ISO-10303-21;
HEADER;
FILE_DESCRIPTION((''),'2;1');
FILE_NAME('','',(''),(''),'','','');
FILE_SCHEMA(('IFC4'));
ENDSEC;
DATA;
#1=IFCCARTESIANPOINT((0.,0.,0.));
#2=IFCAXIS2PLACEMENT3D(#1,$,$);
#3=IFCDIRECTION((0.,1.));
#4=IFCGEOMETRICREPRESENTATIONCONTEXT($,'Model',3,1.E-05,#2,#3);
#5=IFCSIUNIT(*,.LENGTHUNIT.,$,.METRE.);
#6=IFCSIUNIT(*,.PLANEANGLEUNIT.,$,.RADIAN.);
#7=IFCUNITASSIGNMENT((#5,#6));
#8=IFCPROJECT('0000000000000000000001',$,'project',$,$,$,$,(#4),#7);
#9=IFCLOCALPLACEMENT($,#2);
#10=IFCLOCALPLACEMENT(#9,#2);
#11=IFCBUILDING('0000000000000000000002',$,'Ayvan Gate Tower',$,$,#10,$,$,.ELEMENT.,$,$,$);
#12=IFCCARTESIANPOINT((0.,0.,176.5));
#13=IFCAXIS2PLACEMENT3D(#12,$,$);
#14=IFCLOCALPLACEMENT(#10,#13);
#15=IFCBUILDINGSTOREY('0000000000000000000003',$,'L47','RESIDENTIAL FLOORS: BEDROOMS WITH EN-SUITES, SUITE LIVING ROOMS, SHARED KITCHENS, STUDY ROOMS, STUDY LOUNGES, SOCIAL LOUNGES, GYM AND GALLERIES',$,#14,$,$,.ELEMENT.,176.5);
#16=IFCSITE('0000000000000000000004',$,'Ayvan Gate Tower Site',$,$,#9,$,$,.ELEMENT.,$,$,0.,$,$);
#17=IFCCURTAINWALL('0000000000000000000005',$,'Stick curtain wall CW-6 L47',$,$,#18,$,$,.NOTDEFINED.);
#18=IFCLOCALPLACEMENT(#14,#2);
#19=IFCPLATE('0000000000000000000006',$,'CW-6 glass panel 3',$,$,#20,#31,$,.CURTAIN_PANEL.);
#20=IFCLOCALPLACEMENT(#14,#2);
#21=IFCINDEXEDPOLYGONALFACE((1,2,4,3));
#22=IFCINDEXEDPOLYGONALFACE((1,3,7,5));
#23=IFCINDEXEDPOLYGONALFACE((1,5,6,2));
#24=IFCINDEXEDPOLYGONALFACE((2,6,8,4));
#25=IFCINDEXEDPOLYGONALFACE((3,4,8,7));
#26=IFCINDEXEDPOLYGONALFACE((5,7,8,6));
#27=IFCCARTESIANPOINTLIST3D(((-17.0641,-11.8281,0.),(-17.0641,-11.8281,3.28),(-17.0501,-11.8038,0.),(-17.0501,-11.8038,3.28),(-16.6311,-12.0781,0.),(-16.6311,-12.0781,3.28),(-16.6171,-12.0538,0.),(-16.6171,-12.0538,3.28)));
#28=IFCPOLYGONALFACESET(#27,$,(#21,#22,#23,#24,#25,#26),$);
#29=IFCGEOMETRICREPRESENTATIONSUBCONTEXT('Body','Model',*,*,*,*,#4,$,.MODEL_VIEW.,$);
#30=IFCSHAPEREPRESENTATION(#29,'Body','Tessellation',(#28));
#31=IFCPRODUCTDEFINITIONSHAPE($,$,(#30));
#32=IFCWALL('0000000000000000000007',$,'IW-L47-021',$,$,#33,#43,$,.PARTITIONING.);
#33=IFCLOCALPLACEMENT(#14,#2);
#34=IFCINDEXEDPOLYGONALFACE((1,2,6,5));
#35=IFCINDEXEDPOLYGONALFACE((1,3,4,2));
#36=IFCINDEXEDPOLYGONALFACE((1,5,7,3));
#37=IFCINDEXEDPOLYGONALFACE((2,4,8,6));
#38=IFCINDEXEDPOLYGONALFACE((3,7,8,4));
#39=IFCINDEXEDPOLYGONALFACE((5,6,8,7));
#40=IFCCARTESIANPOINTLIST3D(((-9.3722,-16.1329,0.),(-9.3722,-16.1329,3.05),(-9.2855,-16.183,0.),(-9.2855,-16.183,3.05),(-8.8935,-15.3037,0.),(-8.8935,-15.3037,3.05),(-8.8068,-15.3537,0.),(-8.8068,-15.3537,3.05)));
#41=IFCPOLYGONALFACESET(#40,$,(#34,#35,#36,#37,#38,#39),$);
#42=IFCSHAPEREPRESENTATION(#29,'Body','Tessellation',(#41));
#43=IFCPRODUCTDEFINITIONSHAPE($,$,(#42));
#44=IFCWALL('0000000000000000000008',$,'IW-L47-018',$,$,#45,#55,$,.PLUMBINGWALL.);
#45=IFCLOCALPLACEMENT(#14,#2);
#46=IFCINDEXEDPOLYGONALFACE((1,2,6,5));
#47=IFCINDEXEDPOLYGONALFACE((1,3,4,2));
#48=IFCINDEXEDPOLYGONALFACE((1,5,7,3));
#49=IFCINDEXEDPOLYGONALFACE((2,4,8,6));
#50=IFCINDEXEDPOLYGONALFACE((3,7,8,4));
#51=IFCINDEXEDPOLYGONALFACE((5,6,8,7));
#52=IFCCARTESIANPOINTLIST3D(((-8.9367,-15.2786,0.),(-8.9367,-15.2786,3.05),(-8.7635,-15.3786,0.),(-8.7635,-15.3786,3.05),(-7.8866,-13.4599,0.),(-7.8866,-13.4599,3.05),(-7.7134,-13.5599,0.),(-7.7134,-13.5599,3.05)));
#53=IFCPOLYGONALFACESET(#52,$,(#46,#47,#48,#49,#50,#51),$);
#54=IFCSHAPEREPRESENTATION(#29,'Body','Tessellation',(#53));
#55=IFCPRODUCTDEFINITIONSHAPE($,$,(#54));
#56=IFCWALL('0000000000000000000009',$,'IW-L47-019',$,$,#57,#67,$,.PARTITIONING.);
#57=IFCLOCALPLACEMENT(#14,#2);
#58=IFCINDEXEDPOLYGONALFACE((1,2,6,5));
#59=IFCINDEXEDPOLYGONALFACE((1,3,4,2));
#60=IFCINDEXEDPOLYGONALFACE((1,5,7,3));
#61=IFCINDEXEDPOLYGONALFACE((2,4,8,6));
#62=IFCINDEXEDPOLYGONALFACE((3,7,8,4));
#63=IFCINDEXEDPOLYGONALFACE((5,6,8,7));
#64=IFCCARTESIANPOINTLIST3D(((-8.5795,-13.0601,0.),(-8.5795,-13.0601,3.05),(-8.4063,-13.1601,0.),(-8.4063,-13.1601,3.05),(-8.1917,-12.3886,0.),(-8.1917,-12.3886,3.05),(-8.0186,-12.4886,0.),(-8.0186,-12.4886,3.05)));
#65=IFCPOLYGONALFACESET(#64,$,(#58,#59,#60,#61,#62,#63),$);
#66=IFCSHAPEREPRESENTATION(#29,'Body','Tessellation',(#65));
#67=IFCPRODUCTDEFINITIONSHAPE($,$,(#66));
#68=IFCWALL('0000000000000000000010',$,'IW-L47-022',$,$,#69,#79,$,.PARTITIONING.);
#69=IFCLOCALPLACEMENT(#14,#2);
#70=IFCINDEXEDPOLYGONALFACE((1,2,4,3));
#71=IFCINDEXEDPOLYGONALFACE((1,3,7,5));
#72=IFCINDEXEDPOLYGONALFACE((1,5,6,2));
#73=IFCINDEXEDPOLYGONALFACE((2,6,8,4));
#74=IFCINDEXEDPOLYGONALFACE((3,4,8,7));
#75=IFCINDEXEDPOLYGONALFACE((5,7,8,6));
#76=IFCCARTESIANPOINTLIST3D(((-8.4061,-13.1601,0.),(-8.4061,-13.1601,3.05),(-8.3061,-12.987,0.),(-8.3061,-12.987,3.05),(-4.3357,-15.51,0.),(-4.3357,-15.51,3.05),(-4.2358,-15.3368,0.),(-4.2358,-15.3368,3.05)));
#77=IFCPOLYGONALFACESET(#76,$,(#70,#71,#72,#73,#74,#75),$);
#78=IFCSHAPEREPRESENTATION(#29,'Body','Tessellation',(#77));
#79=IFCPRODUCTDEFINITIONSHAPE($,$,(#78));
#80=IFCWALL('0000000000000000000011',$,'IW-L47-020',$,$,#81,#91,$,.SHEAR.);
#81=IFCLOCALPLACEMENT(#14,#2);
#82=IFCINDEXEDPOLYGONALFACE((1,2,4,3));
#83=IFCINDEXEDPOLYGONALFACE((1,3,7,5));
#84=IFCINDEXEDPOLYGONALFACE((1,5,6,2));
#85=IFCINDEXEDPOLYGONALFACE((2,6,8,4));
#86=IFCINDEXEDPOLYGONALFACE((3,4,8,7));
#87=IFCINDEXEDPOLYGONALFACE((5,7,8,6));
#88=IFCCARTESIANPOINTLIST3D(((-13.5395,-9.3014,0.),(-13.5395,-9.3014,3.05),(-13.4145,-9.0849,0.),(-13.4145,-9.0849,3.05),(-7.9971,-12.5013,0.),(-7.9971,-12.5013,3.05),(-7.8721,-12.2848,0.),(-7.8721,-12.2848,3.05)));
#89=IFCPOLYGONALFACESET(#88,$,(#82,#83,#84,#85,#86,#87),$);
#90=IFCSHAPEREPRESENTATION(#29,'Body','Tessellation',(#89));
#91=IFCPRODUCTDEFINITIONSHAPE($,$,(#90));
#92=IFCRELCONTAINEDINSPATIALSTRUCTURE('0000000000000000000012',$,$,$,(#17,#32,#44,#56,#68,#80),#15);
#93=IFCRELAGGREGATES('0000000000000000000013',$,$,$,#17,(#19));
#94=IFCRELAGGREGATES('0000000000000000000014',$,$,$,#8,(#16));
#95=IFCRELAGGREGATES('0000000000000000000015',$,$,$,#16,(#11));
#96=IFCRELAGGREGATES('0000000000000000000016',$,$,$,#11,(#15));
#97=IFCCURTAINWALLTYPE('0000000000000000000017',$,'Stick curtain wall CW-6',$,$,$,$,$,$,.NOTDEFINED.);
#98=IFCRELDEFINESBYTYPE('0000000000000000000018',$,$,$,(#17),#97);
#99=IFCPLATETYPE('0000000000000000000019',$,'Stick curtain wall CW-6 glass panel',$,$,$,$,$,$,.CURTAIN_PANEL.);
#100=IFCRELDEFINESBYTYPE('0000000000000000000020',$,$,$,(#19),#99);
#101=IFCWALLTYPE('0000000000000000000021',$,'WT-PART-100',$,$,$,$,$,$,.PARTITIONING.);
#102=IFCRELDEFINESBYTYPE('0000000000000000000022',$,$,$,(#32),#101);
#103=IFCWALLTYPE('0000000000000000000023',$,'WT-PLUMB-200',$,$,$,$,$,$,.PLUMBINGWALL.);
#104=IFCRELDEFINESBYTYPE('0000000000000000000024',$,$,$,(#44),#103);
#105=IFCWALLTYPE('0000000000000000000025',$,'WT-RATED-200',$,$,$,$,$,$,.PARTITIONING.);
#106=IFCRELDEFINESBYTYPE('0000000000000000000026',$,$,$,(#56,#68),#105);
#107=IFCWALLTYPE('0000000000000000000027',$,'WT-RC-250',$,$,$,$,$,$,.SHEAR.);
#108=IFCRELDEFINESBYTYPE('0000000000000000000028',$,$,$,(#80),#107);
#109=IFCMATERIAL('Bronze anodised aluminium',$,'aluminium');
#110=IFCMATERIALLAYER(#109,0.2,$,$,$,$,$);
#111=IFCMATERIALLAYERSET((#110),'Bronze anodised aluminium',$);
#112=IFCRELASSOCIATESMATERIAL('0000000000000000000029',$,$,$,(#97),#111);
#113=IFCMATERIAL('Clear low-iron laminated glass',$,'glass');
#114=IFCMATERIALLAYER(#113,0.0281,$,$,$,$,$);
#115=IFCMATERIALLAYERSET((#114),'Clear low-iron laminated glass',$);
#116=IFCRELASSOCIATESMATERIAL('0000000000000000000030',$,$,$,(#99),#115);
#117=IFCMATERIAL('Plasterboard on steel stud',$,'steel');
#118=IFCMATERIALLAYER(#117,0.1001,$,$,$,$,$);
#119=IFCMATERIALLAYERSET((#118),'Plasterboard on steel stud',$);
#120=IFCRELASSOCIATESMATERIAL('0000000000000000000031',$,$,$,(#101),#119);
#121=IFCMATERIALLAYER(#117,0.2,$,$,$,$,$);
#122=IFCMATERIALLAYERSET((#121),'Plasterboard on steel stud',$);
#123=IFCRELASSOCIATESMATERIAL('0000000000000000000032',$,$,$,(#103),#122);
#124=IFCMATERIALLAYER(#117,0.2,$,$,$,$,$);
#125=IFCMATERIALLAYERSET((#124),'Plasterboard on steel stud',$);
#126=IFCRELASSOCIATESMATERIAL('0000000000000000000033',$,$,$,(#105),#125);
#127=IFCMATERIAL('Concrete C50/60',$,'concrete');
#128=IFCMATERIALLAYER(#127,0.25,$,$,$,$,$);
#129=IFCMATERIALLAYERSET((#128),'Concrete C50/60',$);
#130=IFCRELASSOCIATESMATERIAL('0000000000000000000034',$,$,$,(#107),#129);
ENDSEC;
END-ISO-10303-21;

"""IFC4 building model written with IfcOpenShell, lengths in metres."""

from ifc_helpers import new_model, si_unit, direction, frame, frame_2d, origin, origin_2d, place, context, subcontext, project, spatial, rectangle, extrude, material, layer, layer_set, type_object, element, aggregate, save


model = new_model("IFC4")

# Units and contexts
model_context = context("Model", 3, precision=1e-05, world=origin(), true_north=direction((0.0, 1.0)))
body_context = subcontext(model_context, "Body", "Model", "MODEL_VIEW")
ifc_project = project(units=[si_unit("LENGTHUNIT", "METRE"), si_unit("PLANEANGLEUNIT", "RADIAN")], contexts=[model_context])

# Site, building, storey
site_placement = place(None, origin())
site = spatial("IfcSite", under=ifc_project, at=site_placement, Name="Ayvan Gate Tower Site", CompositionType="ELEMENT", RefElevation=0.0)
building_placement = place(site_placement, origin())
building = spatial("IfcBuilding", under=site, at=building_placement, Name="Ayvan Gate Tower", CompositionType="ELEMENT")
storey_placement = place(building_placement, frame((0.0, 0.0, 176.5)))
storey = spatial("IfcBuildingStorey", under=building, at=storey_placement, Name="L47", Description="RESIDENTIAL FLOORS: BEDROOMS WITH EN-SUITES, SUITE LIVING ROOMS, SHARED KITCHENS, STUDY ROOMS, STUDY LOUNGES, SOCIAL LOUNGES, GYM AND GALLERIES", CompositionType="ELEMENT", Elevation=176.5)

# Curtain wall
ifc_material_1 = material(Name="Bronze anodised aluminium", Category="aluminium")
ifc_layer_1 = layer(ifc_material_1, 0.2)
ifc_layer_set_1 = layer_set([ifc_layer_1], Name="Bronze anodised aluminium")
curtain_wall_type_1 = type_object("IfcCurtainWallType", Name="Stick curtain wall CW-6", PredefinedType="NOTDEFINED", material=ifc_layer_set_1)
curtain_wall_1_placement = place(storey_placement, origin())
curtain_wall_1 = element("IfcCurtainWall", 1, at=curtain_wall_1_placement, inside=storey, type_object=curtain_wall_type_1, Name="Stick curtain wall CW-6 L47", PredefinedType="NOTDEFINED")

# Plate
ifc_material_2 = material(Name="Clear low-iron laminated glass", Category="glass")
ifc_layer_2 = layer(ifc_material_2, 0.0281)
ifc_layer_set_2 = layer_set([ifc_layer_2], Name="Clear low-iron laminated glass")
plate_type_1 = type_object("IfcPlateType", Name="Stick curtain wall CW-6 glass panel", PredefinedType="CURTAIN_PANEL", material=ifc_layer_set_2)
plate_1_placement = place(storey_placement, frame((-16.8406, -11.9409, 0.0), z_axis=(0.0, 0.0, 1.0), x_axis=(0.866025, -0.5, 0.0)))
plate_1 = element("IfcPlate", 2, at=plate_1_placement, type_object=plate_type_1, Name="CW-6 glass panel 3", PredefinedType="CURTAIN_PANEL", context=body_context, shape_type="SweptSolid", body=[
    extrude(rectangle(XDim=0.5, YDim=0.0281, at=origin_2d()), origin(), (0.0, 0.0, 1.0), 3.28),
])
aggregate(curtain_wall_1, [plate_1])

# Walls
ifc_material_3 = material(Name="Plasterboard on steel stud", Category="steel")
ifc_layer_3 = layer(ifc_material_3, 0.1001)
ifc_layer_set_3 = layer_set([ifc_layer_3], Name="Plasterboard on steel stud")
wall_type_1 = type_object("IfcWallType", Name="WT-PART-100", PredefinedType="PARTITIONING", material=ifc_layer_set_3)
wall_1_placement = place(storey_placement, frame((-9.3289, -16.158, 0.0), z_axis=(0.0, 0.0, 1.0), x_axis=(0.499951, 0.866054, 0.0)))
element("IfcWall", 3, at=wall_1_placement, inside=storey, type_object=wall_type_1, Name="IW-L47-021", PredefinedType="PARTITIONING", context=body_context, shape_type="SweptSolid", body=[
    extrude(rectangle(XDim=0.9575, YDim=0.1001, at=frame_2d((0.4788, 0.0))), origin(), (0.0, 0.0, 1.0), 3.05),
])
ifc_layer_4 = layer(ifc_material_3, 0.2)
ifc_layer_set_4 = layer_set([ifc_layer_4], Name="Plasterboard on steel stud")
wall_type_2 = type_object("IfcWallType", Name="WT-PLUMB-200", PredefinedType="PLUMBINGWALL", material=ifc_layer_set_4)
wall_2_placement = place(storey_placement, frame((-8.8501, -15.3286, 0.0), z_axis=(0.0, 0.0, 1.0), x_axis=(0.500028, 0.866009, 0.0)))
element("IfcWall", 4, at=wall_2_placement, inside=storey, type_object=wall_type_2, Name="IW-L47-018", PredefinedType="PLUMBINGWALL", context=body_context, shape_type="SweptSolid", body=[
    extrude(rectangle(XDim=2.1001, YDim=0.2, at=frame_2d((1.05, 0.0))), origin(), (0.0, 0.0, 1.0), 3.05),
])
ifc_layer_5 = layer(ifc_material_3, 0.2)
ifc_layer_set_5 = layer_set([ifc_layer_5], Name="Plasterboard on steel stud")
wall_type_3 = type_object("IfcWallType", Name="WT-RATED-200", PredefinedType="PARTITIONING", material=ifc_layer_set_5)
wall_3_placement = place(storey_placement, frame((-8.4929, -13.1101, 0.0), z_axis=(0.0, 0.0, 1.0), x_axis=(0.500068, 0.865986, 0.0)))
element("IfcWall", 5, at=wall_3_placement, inside=storey, type_object=wall_type_3, Name="IW-L47-019", PredefinedType="PARTITIONING", context=body_context, shape_type="SweptSolid", body=[
    extrude(rectangle(XDim=0.7754, YDim=0.2, at=frame_2d((0.3877, 0.0))), origin(), (0.0, 0.0, 1.0), 3.05),
])
wall_4_placement = place(storey_placement, frame((-8.3562, -13.0735, 0.0), z_axis=(0.0, 0.0, 1.0), x_axis=(0.866039, -0.499977, 0.0)))
element("IfcWall", 6, at=wall_4_placement, inside=storey, type_object=wall_type_3, Name="IW-L47-022", PredefinedType="PARTITIONING", context=body_context, shape_type="SweptSolid", body=[
    extrude(rectangle(XDim=4.7, YDim=0.2, at=frame_2d((2.3501, 0.0))), origin(), (0.0, 0.0, 1.0), 3.05),
])
ifc_material_4 = material(Name="Concrete C50/60", Category="concrete")
ifc_layer_6 = layer(ifc_material_4, 0.25)
ifc_layer_set_6 = layer_set([ifc_layer_6], Name="Concrete C50/60")
wall_type_4 = type_object("IfcWallType", Name="WT-RC-250", PredefinedType="SHEAR", material=ifc_layer_set_6)
wall_5_placement = place(storey_placement, frame((-7.9346, -12.3931, 0.0), z_axis=(0.0, 0.0, 1.0), x_axis=(-0.866025, 0.5, 0.0)))
element("IfcWall", 7, at=wall_5_placement, inside=storey, type_object=wall_type_4, Name="IW-L47-020", PredefinedType="SHEAR", context=body_context, shape_type="SweptSolid", body=[
    extrude(rectangle(XDim=6.3999, YDim=0.25, at=frame_2d((3.2, 0.0))), origin(), (0.0, 0.0, 1.0), 3.05),
])

save(model, "model.ifc")
